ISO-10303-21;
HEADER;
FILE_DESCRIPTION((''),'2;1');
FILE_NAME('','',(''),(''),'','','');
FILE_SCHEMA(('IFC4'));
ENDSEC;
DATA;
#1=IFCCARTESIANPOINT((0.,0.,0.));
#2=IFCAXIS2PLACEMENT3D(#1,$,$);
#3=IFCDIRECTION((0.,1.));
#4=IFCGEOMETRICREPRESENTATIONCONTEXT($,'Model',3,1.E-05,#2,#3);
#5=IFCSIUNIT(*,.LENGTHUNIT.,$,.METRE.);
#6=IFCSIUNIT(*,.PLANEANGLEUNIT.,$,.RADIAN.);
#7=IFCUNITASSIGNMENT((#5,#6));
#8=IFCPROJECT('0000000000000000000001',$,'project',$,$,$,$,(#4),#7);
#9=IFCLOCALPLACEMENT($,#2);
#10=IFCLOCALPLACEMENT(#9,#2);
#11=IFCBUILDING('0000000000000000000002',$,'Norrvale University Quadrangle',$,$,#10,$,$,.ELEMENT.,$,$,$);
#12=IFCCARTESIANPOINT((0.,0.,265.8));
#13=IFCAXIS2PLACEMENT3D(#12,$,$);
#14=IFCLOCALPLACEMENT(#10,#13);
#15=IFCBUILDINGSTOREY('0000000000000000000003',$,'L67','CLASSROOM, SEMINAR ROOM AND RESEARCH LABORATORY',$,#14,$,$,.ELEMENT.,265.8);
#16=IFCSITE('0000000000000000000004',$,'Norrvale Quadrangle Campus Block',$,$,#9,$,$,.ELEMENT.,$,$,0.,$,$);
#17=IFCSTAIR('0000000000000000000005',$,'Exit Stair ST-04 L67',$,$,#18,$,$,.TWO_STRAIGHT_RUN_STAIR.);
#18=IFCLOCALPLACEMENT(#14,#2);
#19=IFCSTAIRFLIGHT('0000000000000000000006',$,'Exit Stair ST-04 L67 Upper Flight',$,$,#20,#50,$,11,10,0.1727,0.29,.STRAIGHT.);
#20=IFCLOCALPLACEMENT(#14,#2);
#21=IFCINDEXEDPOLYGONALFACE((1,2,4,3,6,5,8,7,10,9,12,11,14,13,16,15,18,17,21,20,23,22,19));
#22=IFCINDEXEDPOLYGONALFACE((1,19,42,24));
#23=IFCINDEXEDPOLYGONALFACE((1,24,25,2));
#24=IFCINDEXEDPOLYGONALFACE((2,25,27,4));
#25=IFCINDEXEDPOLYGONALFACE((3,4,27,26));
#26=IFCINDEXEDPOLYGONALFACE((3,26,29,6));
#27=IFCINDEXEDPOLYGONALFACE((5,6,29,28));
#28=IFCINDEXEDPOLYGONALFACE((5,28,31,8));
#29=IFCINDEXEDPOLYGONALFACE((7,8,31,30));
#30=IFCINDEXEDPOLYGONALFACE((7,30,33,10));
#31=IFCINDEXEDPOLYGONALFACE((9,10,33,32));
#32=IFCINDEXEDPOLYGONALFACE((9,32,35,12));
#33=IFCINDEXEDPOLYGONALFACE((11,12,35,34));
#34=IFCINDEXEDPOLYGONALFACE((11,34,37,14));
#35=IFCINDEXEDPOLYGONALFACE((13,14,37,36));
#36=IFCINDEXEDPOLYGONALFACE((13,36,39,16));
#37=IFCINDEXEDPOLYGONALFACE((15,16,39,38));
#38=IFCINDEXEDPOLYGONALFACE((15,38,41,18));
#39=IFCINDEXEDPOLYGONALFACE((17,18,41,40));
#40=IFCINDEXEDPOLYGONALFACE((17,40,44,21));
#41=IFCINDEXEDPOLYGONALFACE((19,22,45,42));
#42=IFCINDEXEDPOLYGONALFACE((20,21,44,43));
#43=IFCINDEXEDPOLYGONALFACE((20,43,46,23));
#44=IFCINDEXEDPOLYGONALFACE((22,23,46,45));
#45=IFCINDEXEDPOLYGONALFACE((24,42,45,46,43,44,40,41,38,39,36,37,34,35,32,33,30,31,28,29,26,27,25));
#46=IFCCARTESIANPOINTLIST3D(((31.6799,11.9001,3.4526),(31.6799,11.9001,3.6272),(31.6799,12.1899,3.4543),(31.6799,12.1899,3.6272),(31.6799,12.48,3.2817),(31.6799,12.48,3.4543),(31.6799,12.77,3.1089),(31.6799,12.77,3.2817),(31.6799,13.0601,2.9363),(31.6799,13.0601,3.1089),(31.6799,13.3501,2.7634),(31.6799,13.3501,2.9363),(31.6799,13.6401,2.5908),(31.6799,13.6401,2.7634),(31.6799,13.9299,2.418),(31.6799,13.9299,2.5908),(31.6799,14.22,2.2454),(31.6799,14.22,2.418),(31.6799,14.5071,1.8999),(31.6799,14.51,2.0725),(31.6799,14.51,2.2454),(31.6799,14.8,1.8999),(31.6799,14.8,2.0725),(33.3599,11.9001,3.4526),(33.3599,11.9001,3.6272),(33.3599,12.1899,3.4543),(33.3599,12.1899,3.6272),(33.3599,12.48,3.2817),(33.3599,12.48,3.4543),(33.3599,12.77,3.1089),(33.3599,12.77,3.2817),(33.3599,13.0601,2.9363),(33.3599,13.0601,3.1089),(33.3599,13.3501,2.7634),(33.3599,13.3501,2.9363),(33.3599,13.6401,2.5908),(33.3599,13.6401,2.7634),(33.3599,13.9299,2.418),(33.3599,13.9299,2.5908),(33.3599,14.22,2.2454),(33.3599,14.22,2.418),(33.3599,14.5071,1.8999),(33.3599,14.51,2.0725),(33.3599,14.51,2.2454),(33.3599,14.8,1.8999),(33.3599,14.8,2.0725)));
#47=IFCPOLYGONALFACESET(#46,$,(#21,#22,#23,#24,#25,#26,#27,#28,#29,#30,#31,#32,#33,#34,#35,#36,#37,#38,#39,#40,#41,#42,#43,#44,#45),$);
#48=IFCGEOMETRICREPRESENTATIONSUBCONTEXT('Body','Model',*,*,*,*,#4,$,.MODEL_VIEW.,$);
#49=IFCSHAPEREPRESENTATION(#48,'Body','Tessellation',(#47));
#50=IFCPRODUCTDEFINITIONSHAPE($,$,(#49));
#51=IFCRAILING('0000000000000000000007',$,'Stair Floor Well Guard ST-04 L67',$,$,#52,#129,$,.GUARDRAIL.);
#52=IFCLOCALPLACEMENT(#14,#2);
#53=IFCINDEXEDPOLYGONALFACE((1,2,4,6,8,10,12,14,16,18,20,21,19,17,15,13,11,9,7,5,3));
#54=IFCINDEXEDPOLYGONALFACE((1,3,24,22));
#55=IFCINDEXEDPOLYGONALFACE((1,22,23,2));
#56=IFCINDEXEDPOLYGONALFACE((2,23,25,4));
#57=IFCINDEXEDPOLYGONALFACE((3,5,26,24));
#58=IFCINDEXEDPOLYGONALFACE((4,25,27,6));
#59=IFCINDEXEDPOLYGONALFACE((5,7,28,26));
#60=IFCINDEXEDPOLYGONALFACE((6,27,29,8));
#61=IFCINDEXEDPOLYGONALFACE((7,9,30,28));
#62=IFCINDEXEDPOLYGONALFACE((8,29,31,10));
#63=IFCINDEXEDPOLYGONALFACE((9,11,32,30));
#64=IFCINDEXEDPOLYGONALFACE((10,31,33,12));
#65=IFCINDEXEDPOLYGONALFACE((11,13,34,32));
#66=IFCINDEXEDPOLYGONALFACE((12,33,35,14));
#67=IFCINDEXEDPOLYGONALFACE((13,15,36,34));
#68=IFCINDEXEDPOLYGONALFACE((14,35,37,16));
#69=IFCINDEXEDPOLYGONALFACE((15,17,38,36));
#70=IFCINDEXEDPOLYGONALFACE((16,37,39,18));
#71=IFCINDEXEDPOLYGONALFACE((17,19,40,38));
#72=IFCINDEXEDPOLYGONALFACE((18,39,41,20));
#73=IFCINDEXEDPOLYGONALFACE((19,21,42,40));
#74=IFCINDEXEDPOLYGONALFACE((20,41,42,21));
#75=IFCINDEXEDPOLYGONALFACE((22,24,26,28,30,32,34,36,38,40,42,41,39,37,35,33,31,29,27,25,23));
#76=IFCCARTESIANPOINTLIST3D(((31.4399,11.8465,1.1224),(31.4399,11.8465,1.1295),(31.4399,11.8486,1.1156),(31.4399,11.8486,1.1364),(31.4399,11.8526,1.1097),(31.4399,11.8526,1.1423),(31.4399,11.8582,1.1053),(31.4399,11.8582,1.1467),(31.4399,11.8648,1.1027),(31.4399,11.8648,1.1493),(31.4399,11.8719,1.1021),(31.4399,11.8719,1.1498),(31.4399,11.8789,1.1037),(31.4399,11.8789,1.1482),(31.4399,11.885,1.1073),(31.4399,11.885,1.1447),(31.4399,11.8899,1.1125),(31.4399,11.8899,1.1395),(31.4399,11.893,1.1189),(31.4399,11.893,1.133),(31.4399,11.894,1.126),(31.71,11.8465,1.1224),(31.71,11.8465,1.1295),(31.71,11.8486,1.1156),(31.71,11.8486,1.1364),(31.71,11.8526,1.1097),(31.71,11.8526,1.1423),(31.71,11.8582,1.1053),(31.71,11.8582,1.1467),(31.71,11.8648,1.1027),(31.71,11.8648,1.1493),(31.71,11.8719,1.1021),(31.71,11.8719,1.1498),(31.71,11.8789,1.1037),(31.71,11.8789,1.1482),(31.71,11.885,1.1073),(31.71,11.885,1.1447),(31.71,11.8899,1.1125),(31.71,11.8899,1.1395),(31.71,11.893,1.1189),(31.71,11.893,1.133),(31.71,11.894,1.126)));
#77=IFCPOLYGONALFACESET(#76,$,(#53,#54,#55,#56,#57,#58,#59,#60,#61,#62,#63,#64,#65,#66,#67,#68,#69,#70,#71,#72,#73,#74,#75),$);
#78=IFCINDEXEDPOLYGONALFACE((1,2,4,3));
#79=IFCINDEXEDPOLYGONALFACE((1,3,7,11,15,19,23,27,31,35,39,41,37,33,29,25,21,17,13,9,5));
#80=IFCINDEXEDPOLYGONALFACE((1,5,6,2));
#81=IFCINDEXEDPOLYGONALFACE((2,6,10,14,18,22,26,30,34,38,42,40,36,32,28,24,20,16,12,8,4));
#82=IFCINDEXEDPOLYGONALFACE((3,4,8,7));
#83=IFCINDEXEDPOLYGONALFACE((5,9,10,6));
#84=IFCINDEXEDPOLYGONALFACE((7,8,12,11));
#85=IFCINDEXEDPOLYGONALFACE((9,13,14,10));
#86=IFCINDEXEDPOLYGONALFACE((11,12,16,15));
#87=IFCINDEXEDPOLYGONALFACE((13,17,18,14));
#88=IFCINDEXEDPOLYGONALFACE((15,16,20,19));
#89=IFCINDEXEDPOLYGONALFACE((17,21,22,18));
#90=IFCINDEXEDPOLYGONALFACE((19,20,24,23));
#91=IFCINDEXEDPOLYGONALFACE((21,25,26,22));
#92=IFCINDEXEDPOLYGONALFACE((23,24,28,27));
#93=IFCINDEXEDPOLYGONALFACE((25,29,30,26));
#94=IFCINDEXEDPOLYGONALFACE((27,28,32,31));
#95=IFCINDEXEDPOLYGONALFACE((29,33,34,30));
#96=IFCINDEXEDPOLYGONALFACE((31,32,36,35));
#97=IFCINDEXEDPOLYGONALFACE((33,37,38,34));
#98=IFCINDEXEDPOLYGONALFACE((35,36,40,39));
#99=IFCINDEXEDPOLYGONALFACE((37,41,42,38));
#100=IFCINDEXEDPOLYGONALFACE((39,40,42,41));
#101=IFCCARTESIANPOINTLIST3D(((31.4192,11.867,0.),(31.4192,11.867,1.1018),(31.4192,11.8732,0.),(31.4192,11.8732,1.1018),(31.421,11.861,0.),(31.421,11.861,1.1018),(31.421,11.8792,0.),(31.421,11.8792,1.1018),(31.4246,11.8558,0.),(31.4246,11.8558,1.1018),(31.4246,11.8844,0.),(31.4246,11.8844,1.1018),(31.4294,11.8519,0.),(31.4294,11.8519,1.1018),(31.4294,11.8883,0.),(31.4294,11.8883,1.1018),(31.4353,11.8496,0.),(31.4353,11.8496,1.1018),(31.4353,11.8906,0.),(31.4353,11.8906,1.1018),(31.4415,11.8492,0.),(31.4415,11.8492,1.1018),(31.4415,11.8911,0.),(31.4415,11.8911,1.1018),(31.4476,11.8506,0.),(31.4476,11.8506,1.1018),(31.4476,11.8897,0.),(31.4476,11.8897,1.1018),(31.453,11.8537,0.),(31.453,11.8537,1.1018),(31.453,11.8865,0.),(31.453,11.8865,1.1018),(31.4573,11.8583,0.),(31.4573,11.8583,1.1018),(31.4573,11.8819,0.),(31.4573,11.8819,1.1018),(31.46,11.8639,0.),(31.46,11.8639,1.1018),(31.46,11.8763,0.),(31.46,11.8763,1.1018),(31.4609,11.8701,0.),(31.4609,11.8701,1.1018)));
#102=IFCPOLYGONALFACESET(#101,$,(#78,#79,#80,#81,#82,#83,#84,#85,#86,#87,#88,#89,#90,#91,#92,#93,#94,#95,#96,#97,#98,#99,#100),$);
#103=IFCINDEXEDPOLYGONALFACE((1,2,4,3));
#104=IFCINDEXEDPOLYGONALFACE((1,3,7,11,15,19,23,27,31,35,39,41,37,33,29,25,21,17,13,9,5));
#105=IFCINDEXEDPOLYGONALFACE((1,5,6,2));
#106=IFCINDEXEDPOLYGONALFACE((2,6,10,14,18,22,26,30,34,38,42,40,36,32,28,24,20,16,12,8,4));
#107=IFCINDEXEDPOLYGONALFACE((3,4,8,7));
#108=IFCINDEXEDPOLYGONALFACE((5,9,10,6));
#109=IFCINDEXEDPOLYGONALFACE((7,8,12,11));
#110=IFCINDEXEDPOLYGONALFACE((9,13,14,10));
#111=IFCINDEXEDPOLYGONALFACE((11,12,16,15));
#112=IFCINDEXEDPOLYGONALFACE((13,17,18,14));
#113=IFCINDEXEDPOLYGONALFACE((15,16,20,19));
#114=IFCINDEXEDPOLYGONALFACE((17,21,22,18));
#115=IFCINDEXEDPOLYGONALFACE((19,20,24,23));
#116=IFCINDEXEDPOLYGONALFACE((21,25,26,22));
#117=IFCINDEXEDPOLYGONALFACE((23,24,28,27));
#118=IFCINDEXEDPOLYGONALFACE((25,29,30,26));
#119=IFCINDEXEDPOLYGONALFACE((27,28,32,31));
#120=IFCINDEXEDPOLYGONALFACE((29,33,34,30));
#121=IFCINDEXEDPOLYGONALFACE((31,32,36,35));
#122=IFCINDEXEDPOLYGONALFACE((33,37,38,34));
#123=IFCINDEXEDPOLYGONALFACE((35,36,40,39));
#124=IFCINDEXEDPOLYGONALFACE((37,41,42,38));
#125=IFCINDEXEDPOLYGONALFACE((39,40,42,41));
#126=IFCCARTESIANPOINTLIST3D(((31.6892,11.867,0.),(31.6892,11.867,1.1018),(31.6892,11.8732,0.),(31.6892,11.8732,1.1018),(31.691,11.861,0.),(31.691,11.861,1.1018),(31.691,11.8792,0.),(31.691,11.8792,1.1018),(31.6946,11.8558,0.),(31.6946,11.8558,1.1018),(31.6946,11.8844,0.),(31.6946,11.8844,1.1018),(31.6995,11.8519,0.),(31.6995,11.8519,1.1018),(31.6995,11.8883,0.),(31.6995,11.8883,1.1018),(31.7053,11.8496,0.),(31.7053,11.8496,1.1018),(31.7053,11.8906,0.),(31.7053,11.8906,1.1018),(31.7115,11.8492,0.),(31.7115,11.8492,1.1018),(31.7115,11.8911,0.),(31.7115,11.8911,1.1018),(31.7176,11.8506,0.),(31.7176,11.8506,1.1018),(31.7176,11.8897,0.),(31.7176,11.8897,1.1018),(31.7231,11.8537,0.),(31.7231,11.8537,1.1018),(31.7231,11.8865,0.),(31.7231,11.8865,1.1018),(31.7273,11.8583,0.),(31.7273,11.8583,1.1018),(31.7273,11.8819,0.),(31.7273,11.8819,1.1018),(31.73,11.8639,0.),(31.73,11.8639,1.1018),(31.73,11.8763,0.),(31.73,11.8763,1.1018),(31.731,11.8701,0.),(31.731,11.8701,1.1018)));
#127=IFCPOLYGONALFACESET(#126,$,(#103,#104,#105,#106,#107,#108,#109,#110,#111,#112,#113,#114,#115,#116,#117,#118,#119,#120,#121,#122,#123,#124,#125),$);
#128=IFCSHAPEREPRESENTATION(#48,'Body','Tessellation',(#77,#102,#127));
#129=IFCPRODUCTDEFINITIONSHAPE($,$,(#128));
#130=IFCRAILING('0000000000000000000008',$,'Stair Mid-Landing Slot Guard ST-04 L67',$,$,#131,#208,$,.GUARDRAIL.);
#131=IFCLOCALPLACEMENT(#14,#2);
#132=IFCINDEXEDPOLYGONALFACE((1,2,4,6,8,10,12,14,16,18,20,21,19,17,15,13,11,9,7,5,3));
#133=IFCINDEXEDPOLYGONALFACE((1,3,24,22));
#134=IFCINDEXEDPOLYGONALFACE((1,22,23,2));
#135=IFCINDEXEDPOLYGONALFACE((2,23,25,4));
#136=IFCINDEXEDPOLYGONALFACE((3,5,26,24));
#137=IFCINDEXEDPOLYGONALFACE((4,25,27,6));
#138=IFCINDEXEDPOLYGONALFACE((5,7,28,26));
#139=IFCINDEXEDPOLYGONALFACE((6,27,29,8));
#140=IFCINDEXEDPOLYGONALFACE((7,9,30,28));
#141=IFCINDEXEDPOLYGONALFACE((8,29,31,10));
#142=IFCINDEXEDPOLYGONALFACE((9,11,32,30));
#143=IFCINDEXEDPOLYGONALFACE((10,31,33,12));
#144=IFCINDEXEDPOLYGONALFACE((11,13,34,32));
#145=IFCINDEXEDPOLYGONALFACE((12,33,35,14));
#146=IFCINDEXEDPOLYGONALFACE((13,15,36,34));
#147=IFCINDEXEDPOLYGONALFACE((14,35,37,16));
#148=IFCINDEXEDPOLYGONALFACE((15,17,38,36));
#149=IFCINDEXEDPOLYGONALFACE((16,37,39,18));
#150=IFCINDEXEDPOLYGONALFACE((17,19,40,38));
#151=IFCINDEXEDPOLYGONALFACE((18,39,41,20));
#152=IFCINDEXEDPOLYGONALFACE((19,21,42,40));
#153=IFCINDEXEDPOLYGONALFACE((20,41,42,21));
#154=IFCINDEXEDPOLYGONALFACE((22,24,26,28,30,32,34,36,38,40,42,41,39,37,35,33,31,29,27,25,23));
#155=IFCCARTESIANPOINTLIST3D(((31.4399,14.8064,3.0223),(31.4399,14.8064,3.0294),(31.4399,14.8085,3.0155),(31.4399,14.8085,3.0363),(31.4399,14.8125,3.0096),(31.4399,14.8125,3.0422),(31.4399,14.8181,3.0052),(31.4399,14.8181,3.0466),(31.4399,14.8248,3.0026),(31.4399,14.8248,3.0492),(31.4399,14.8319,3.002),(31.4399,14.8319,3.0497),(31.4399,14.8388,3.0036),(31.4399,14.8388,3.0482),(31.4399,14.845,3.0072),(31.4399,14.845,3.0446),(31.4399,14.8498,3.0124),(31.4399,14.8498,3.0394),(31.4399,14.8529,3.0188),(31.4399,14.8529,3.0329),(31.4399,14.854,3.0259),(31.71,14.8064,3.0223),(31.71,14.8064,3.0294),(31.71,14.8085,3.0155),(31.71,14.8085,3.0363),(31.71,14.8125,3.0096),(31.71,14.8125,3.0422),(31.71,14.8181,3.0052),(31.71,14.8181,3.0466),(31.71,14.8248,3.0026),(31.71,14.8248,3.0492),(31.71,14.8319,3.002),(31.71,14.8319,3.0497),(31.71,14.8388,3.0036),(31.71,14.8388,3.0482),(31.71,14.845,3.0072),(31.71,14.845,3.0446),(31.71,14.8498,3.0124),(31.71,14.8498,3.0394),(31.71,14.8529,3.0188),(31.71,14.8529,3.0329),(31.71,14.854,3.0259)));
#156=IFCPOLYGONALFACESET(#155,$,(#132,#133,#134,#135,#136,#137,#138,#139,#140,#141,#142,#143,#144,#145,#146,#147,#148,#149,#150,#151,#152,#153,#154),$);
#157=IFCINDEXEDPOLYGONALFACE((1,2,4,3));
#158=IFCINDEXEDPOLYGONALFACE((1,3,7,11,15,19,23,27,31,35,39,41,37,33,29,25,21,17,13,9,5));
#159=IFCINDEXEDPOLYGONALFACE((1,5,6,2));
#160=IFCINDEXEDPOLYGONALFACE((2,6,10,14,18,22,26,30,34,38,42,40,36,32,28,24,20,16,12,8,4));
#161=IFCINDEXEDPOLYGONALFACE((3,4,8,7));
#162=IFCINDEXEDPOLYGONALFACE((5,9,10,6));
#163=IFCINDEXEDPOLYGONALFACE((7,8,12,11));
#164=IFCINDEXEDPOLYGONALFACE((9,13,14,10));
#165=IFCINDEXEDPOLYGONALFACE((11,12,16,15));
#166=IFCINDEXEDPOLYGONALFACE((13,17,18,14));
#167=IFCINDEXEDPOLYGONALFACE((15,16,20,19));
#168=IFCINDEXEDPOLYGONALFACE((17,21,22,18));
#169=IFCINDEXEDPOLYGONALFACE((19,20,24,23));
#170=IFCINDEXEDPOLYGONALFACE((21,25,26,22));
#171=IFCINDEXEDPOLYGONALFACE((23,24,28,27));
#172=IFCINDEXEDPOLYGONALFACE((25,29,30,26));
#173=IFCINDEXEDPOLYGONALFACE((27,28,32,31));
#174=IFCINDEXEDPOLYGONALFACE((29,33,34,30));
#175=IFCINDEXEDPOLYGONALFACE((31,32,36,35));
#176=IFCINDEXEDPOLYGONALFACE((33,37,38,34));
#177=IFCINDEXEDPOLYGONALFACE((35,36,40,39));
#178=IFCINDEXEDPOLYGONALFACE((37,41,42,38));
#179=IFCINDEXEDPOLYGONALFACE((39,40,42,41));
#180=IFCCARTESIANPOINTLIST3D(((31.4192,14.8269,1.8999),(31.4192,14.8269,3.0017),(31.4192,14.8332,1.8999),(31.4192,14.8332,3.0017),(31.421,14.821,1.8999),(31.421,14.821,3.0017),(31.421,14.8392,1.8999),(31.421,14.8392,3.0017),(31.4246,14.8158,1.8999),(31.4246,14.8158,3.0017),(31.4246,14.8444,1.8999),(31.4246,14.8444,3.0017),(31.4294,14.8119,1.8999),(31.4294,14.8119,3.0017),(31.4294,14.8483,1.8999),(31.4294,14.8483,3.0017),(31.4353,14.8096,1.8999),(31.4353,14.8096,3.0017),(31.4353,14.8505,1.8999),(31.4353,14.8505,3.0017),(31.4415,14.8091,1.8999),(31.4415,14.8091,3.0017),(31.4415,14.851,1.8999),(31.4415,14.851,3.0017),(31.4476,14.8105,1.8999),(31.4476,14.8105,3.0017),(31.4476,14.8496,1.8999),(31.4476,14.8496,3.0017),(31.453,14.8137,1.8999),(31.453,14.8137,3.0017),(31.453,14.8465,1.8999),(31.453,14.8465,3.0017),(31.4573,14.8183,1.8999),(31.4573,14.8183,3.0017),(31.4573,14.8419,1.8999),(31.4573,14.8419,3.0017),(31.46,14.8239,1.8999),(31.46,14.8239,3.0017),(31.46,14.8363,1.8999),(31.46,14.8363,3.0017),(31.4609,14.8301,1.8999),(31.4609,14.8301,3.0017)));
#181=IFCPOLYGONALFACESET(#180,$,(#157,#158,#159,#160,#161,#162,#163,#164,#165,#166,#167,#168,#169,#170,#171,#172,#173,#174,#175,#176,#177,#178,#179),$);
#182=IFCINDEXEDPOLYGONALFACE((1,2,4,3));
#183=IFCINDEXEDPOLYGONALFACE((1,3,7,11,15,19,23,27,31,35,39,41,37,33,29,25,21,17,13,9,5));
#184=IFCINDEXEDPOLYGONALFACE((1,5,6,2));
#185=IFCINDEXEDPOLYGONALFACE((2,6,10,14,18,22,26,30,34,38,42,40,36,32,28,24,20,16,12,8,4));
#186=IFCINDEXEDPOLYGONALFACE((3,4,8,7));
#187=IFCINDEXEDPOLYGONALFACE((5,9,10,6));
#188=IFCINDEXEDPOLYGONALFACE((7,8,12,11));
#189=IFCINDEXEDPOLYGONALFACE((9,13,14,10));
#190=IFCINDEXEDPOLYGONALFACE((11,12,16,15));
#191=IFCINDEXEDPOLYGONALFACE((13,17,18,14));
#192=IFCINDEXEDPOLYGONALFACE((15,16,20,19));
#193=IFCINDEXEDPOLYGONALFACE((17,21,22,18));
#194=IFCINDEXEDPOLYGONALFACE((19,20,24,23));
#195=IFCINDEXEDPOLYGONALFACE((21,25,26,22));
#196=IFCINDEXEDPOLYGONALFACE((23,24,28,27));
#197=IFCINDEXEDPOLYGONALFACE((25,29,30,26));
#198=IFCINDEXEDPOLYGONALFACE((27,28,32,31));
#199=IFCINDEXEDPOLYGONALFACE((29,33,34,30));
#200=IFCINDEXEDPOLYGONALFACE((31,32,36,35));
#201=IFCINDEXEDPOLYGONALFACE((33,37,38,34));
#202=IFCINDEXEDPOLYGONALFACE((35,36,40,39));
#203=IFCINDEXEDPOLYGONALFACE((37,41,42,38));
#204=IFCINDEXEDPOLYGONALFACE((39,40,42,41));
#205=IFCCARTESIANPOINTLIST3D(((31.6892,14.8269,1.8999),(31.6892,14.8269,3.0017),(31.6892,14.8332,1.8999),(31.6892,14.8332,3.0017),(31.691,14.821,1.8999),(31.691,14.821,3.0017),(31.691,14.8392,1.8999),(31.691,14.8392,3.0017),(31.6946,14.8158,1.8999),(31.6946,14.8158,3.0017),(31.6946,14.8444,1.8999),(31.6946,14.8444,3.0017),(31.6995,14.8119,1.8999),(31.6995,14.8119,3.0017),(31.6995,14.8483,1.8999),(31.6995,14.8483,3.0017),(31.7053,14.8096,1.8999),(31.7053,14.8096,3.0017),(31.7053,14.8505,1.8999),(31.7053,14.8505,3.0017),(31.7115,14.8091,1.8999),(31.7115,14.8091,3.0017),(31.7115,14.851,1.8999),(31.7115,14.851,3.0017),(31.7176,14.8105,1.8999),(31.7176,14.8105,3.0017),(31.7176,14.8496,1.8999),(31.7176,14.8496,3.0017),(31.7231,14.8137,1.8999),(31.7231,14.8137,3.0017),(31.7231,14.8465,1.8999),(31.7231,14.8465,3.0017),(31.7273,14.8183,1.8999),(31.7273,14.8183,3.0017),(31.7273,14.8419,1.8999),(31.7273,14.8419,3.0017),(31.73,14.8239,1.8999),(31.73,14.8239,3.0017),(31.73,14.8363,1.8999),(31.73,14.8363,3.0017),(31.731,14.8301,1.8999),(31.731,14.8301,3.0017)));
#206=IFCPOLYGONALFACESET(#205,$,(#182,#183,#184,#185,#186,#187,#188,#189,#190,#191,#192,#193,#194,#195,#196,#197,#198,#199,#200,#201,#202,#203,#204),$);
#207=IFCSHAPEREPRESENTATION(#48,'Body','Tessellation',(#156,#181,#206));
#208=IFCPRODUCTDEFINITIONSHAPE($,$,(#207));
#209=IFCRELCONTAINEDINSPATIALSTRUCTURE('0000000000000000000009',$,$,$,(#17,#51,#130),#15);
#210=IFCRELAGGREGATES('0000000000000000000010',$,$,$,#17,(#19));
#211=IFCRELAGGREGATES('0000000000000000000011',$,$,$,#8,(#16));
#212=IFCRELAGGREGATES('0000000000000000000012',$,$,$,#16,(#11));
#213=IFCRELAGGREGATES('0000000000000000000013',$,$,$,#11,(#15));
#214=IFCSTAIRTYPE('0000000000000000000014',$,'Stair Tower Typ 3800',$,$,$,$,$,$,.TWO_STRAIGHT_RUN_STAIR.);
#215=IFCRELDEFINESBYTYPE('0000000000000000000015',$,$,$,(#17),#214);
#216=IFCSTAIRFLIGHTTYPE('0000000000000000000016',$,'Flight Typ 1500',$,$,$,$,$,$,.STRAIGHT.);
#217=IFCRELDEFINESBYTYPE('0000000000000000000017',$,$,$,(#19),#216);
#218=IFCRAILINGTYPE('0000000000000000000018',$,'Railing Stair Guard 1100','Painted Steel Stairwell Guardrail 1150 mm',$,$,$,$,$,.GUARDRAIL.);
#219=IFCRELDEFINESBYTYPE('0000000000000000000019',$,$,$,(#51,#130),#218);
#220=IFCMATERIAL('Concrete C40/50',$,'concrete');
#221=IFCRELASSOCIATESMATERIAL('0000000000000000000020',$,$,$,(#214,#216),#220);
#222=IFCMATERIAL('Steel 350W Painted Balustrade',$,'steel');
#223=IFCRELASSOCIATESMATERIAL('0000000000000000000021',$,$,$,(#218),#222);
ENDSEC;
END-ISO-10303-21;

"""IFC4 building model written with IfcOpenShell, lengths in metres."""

from ifc_helpers import new_model, si_unit, direction, frame, origin, origin_2d, place, context, subcontext, project, spatial, polyline, circle, outline, extrude, material, type_object, element, aggregate, save


model = new_model("IFC4")

# Units and contexts
model_context = context("Model", 3, precision=1e-05, world=origin(), true_north=direction((0.0, 1.0)))
body_context = subcontext(model_context, "Body", "Model", "MODEL_VIEW")
ifc_project = project(units=[si_unit("LENGTHUNIT", "METRE"), si_unit("PLANEANGLEUNIT", "RADIAN")], contexts=[model_context])

# Site, building, storey
site_placement = place(None, origin())
site = spatial("IfcSite", under=ifc_project, at=site_placement, Name="Norrvale Quadrangle Campus Block", CompositionType="ELEMENT", RefElevation=0.0)
building_placement = place(site_placement, origin())
building = spatial("IfcBuilding", under=site, at=building_placement, Name="Norrvale University Quadrangle", CompositionType="ELEMENT")
storey_placement = place(building_placement, frame((0.0, 0.0, 265.8)))
storey = spatial("IfcBuildingStorey", under=building, at=storey_placement, Name="L67", Description="CLASSROOM, SEMINAR ROOM AND RESEARCH LABORATORY", CompositionType="ELEMENT", Elevation=265.8)

# Stair, stair flight
ifc_material_1 = material(Name="Concrete C40/50", Category="concrete")
stair_type = type_object("IfcStairType", Name="Stair Tower Typ 3800", PredefinedType="TWO_STRAIGHT_RUN_STAIR", material=ifc_material_1)
stair_placement = place(storey_placement, origin())
stair = element("IfcStair", 1, at=stair_placement, inside=storey, type_object=stair_type, Name="Exit Stair ST-04 L67", PredefinedType="TWO_STRAIGHT_RUN_STAIR")
stair_flight_type = type_object("IfcStairFlightType", Name="Flight Typ 1500", PredefinedType="STRAIGHT", material=ifc_material_1)
stair_flight_1_placement = place(storey_placement, frame((32.52, 14.8, 1.8999), z_axis=(0.0, 0.0, 1.0), x_axis=(0.0, -1.0, 0.0)))
stair_flight_1 = element("IfcStairFlight", 2, at=stair_flight_1_placement, type_object=stair_flight_type, Name="Exit Stair ST-04 L67 Upper Flight", NumberOfRisers=11, NumberOfTreads=10, PredefinedType="STRAIGHT", RiserHeight=0.1727, TreadLength=0.29, context=body_context, shape_type="SweptSolid", body=[
    extrude(outline(polyline([(0.0, 0.0), (0.0, 0.1726), (0.29, 0.1726), (0.29, 0.3455), (0.5801, 0.3455), (0.5801, 0.5181), (0.8701, 0.5181), (0.8701, 0.6909), (1.1599, 0.6909), (1.1599, 0.8635), (1.45, 0.8635), (1.45, 1.0364), (1.74, 1.0364), (1.74, 1.209), (2.03, 1.209), (2.03, 1.3818), (2.3201, 1.3818), (2.3201, 1.5544), (2.6101, 1.5544), (2.6101, 1.7273), (2.8999, 1.7273), (2.8999, 1.8999), (2.8999, 1.5527), (0.293, 0.0), (0.0, 0.0)])), frame((0.0, 0.8398, 0.0), z_axis=(0.0, -1.0, 0.0), x_axis=(1.0, 0.0, 0.0)), (0.0, 0.0, 1.0), 1.6799),
])
aggregate(stair, [stair_flight_1])

# Railings
ifc_material_2 = material(Name="Steel 350W Painted Balustrade", Category="steel")
railing_type_1 = type_object("IfcRailingType", Name="Railing Stair Guard 1100", Description="Painted Steel Stairwell Guardrail 1150 mm", PredefinedType="GUARDRAIL", material=ifc_material_2)
for number, where, name in (
    (3, (31.4399, 11.8701, 0.0), "Stair Floor Well Guard ST-04 L67"),
    (4, (31.4399, 14.8301, 1.8999), "Stair Mid-Landing Slot Guard ST-04 L67"),
):
    element("IfcRailing", number, at=place(storey_placement, frame(where)), inside=storey, type_object=railing_type_1, Name=name, PredefinedType="GUARDRAIL", context=body_context, shape_type="SweptSolid", body=[
        extrude(circle(Radius=0.0239, at=origin_2d()), frame((0.0, 0.0, 1.126), z_axis=(1.0, 0.0, 0.0), x_axis=(0.0, 1.0, 0.0)), (0.0, 0.0, 1.0), 0.27),
        extrude(circle(Radius=0.021, at=origin_2d()), origin(), (0.0, 0.0, 1.0), 1.1018),
        extrude(circle(Radius=0.021, at=origin_2d()), frame((0.27, 0.0, 0.0)), (0.0, 0.0, 1.0), 1.1018),
    ])

save(model, "model.ifc")
